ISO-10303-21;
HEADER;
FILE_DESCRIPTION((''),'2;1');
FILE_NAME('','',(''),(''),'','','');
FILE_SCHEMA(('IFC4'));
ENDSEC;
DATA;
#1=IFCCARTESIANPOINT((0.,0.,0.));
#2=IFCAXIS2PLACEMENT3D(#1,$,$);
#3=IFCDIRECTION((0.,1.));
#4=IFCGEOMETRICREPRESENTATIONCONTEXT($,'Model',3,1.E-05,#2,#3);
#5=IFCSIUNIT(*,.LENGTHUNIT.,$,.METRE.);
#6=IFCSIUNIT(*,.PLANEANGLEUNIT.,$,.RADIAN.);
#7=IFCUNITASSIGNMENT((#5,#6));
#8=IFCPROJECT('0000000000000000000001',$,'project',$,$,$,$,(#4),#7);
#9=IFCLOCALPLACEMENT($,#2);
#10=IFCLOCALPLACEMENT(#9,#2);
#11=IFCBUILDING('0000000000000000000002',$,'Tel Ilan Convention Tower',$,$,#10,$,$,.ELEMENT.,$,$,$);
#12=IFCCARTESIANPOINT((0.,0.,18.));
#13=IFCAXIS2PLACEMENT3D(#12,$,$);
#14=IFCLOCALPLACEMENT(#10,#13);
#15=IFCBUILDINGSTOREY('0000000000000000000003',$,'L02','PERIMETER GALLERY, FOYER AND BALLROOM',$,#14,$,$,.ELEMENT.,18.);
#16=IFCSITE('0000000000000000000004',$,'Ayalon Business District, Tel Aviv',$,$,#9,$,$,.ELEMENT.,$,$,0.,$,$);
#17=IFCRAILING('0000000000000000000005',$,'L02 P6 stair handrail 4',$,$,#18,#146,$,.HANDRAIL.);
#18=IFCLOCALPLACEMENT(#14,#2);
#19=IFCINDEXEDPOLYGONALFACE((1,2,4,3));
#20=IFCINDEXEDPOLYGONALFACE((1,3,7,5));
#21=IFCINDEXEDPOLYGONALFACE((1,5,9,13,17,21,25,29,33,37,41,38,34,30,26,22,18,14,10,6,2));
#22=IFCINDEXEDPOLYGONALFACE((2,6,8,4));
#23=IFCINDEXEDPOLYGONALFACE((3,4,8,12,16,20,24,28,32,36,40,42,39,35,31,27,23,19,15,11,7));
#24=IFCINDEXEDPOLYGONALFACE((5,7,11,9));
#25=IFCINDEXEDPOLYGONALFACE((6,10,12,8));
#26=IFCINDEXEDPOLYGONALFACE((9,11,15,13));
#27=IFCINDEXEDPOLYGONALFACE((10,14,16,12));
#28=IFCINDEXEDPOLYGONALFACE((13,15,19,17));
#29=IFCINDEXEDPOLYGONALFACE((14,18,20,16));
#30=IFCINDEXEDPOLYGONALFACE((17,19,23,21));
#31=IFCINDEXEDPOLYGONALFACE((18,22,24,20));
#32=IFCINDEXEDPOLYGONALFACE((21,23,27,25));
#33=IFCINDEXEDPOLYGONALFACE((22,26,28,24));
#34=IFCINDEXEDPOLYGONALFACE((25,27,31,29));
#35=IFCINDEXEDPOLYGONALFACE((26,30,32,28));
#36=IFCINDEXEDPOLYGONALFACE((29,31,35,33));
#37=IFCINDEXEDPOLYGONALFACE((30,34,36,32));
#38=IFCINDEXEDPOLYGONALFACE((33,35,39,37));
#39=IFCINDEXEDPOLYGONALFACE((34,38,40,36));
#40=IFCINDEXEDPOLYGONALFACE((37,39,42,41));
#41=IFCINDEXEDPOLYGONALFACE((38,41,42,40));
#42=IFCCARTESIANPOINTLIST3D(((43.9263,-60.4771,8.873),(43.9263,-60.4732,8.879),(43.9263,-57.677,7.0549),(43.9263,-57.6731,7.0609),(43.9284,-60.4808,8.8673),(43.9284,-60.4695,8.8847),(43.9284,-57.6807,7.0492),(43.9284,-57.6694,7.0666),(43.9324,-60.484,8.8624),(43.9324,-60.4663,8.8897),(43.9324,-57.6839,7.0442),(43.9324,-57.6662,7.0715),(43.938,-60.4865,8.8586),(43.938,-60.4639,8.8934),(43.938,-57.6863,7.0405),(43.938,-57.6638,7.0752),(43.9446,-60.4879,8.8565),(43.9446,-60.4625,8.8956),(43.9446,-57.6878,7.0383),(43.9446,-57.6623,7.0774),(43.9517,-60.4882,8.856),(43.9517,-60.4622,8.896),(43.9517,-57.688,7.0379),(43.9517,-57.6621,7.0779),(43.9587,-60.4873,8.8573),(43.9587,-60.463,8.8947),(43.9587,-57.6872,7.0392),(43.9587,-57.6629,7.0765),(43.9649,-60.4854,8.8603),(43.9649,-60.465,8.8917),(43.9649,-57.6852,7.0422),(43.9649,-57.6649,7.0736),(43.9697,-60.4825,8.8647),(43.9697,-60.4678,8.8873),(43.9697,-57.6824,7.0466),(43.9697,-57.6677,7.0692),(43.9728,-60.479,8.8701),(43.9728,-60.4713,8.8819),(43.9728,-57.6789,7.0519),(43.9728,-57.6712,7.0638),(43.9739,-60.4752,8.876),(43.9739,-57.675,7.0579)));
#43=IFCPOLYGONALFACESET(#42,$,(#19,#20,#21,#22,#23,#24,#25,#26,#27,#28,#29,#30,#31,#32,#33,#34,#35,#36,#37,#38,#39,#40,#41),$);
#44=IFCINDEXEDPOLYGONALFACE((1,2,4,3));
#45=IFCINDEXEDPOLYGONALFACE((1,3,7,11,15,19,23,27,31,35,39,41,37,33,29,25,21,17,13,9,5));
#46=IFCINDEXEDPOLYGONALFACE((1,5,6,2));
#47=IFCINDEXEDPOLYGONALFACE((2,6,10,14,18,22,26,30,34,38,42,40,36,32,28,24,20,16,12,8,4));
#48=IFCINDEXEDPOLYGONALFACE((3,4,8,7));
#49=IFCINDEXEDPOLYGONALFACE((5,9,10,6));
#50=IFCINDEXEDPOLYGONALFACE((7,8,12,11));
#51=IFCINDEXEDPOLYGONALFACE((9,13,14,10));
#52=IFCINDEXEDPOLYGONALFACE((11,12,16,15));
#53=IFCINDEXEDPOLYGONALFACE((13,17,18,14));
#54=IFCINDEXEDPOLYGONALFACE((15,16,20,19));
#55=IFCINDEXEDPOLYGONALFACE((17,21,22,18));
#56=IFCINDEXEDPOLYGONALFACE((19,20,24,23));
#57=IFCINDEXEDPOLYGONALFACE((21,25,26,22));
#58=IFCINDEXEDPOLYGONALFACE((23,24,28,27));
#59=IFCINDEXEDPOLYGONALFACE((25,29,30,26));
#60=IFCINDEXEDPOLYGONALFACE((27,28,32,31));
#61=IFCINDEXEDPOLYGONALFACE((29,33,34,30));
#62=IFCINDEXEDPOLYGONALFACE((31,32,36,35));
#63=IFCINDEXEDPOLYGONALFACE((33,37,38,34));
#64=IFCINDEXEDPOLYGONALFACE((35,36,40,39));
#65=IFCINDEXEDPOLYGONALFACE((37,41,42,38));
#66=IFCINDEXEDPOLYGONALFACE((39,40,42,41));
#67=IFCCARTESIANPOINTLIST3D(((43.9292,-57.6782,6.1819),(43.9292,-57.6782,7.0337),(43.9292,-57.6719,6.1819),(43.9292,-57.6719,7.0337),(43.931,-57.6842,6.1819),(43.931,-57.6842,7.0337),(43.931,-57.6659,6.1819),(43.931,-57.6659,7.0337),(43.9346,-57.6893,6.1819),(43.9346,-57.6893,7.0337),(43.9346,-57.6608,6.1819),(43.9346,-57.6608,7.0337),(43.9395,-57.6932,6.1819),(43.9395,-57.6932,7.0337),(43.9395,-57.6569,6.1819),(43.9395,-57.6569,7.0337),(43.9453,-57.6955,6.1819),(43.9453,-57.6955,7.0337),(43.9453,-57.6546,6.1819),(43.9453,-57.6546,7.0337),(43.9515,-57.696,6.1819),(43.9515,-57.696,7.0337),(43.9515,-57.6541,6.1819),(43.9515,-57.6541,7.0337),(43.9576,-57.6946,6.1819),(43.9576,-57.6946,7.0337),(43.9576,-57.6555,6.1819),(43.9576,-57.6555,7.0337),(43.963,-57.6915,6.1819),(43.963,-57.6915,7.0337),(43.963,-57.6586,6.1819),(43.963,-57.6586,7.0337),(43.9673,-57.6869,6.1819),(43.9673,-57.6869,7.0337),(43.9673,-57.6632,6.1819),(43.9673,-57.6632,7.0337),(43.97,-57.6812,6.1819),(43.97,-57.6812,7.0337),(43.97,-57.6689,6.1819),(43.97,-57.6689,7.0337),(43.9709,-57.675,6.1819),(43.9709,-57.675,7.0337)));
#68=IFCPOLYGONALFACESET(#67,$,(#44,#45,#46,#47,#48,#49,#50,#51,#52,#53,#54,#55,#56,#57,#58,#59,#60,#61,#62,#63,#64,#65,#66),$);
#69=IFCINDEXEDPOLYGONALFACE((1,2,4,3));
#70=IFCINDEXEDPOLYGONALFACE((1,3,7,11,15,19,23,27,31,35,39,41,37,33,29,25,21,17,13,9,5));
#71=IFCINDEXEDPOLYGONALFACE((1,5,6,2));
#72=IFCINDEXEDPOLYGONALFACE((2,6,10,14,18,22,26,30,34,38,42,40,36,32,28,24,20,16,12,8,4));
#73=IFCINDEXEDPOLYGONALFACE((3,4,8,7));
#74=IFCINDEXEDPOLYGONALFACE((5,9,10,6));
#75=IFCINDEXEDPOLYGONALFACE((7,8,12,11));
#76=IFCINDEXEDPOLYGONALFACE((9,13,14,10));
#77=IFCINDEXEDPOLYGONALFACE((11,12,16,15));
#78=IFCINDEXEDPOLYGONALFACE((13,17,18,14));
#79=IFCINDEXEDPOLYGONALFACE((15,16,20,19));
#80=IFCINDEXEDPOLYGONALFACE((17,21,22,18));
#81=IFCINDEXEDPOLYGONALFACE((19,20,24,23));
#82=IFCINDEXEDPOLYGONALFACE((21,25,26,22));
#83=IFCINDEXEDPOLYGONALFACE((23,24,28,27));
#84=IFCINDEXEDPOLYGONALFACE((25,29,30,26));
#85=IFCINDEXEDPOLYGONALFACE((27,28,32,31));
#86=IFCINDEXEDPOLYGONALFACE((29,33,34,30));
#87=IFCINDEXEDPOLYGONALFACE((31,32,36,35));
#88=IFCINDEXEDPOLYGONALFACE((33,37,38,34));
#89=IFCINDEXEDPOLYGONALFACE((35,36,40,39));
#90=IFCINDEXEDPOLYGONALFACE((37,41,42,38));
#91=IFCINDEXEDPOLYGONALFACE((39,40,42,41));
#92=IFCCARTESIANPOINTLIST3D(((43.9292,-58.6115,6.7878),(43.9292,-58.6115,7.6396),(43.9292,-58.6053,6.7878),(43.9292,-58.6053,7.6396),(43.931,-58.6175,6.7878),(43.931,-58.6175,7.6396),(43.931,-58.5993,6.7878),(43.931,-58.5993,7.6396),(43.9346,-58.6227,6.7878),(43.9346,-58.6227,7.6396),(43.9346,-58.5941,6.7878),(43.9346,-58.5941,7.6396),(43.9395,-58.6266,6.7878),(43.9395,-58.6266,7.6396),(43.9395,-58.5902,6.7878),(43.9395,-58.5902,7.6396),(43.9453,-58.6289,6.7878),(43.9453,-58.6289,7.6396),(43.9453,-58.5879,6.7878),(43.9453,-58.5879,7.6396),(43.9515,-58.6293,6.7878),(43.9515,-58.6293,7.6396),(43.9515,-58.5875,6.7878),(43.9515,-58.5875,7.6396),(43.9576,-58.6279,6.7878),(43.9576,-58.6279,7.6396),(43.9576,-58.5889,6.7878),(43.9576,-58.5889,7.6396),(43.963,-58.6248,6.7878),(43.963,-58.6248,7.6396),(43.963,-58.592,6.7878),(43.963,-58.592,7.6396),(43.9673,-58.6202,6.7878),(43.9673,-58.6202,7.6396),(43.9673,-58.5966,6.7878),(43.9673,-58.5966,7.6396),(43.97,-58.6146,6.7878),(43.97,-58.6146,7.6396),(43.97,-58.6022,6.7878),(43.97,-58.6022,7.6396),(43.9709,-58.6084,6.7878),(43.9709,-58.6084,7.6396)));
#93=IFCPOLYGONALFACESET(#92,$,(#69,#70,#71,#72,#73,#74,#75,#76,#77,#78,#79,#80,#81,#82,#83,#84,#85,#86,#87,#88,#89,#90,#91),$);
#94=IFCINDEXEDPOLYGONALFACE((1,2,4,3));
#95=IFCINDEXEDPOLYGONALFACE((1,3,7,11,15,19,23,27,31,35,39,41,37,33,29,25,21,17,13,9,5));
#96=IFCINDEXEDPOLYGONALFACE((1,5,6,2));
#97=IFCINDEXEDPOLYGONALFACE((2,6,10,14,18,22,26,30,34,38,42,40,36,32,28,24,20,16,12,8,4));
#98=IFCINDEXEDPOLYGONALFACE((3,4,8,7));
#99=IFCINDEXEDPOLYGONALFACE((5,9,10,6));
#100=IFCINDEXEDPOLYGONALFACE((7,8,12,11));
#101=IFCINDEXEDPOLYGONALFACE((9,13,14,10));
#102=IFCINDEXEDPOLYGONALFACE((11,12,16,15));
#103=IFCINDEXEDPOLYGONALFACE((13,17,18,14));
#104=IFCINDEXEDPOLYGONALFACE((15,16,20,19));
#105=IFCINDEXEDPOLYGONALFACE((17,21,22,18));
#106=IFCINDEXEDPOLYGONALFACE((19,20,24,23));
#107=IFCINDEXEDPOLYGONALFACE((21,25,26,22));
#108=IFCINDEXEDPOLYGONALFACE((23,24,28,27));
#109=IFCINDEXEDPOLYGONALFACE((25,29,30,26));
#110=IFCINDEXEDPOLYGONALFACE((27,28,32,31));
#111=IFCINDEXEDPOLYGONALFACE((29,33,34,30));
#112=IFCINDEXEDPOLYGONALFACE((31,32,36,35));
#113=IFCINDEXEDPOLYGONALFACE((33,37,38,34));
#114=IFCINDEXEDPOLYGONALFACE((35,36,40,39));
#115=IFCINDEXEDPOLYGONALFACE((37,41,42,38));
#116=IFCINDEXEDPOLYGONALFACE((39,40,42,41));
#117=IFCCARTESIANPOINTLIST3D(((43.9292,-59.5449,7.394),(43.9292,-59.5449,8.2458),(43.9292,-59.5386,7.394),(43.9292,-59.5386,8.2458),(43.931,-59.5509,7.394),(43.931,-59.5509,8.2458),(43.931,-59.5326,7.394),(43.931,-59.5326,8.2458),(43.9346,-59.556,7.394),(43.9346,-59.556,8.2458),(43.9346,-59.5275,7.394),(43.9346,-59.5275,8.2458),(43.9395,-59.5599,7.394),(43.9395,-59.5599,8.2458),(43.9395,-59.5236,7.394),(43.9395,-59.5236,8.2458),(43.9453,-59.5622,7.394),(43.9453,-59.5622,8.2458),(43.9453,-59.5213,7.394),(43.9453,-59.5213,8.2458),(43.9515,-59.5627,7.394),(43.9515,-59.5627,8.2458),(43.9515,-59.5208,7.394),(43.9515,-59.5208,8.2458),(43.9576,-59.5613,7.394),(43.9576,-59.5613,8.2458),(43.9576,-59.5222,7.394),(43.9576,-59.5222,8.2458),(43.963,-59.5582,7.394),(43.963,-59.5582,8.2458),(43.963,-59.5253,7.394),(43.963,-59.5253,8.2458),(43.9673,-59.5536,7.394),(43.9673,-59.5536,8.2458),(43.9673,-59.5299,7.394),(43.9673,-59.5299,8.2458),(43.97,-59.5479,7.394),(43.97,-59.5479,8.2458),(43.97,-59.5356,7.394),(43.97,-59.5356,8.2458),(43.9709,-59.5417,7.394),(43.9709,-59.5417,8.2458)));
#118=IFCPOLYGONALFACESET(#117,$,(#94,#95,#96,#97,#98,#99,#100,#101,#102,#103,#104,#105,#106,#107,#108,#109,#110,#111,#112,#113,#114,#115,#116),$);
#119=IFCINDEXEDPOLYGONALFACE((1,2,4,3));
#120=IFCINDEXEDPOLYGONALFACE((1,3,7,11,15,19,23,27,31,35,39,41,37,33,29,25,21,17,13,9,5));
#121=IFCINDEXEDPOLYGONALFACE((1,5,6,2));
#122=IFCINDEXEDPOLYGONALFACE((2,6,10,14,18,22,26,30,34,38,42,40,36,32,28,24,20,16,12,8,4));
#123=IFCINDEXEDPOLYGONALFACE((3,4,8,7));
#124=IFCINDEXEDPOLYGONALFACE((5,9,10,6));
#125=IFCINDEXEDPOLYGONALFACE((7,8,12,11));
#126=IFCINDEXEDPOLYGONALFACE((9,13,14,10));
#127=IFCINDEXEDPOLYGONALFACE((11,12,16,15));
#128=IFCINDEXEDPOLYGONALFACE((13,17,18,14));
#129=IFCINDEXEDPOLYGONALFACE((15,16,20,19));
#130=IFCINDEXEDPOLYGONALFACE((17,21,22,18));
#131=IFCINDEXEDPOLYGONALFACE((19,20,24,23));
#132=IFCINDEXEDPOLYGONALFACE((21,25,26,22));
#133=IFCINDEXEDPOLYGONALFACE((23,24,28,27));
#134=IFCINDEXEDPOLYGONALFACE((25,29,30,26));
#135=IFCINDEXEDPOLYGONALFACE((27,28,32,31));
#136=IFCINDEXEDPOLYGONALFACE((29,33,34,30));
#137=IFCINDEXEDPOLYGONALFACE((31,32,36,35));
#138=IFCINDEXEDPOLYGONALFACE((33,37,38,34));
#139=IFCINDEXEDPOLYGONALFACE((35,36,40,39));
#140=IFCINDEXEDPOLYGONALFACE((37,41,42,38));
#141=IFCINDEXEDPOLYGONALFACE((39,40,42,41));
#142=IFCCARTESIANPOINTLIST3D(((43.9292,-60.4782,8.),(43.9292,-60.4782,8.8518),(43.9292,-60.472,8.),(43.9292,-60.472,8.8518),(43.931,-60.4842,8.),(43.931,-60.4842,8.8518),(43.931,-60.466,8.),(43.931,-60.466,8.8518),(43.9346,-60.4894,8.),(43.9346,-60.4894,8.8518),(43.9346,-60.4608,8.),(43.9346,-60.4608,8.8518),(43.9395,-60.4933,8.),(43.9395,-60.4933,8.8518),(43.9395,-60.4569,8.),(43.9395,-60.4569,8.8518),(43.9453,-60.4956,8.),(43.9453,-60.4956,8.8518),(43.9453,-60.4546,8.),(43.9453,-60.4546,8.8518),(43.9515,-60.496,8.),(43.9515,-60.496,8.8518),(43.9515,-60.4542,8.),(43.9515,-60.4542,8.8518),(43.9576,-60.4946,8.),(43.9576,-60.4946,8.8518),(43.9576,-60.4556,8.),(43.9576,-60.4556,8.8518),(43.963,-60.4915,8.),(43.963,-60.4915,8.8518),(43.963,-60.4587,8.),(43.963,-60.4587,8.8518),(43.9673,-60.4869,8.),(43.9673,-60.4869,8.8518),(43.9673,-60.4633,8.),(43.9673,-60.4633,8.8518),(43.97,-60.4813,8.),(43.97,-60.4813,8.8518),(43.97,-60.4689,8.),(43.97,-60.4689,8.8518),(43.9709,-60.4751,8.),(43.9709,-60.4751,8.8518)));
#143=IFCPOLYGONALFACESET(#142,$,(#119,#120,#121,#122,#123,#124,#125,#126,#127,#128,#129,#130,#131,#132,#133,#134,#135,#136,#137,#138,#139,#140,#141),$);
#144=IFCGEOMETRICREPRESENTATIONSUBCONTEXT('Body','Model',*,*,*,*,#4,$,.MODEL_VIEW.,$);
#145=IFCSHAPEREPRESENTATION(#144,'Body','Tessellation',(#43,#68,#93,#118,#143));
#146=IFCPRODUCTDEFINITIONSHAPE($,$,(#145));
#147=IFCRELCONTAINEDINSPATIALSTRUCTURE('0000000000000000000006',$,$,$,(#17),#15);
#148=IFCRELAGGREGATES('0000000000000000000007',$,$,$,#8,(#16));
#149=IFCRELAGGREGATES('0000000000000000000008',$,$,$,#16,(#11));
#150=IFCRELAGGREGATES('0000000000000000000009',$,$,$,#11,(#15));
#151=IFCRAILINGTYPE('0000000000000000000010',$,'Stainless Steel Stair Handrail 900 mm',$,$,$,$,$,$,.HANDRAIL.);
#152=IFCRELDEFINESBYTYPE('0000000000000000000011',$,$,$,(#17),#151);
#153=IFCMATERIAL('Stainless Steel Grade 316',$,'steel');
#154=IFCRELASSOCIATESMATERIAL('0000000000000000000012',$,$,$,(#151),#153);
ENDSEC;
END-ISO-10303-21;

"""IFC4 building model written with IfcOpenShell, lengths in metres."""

from ifc_helpers import new_model, si_unit, direction, frame, origin, origin_2d, place, context, subcontext, project, spatial, circle, extrude, material, type_object, element, save


model = new_model("IFC4")

# Units and contexts
model_context = context("Model", 3, precision=1e-05, world=origin(), true_north=direction((0.0, 1.0)))
body_context = subcontext(model_context, "Body", "Model", "MODEL_VIEW")
ifc_project = project(units=[si_unit("LENGTHUNIT", "METRE"), si_unit("PLANEANGLEUNIT", "RADIAN")], contexts=[model_context])

# Site, building, storey
site_placement = place(None, origin())
site = spatial("IfcSite", under=ifc_project, at=site_placement, Name="Ayalon Business District, Tel Aviv", CompositionType="ELEMENT", RefElevation=0.0)
building_placement = place(site_placement, origin())
building = spatial("IfcBuilding", under=site, at=building_placement, Name="Tel Ilan Convention Tower", CompositionType="ELEMENT")
storey_placement = place(building_placement, frame((0.0, 0.0, 18.0)))
storey = spatial("IfcBuildingStorey", under=building, at=storey_placement, Name="L02", Description="PERIMETER GALLERY, FOYER AND BALLROOM", CompositionType="ELEMENT", Elevation=18.0)

# Railing
ifc_material_1 = material(Name="Stainless Steel Grade 316", Category="steel")
railing_type_1 = type_object("IfcRailingType", Name="Stainless Steel Stair Handrail 900 mm", PredefinedType="HANDRAIL", material=ifc_material_1)
railing_1_placement = place(storey_placement, frame((43.95, -57.675, 6.1819)))
element("IfcRailing", 1, at=railing_1_placement, inside=storey, type_object=railing_type_1, Name="L02 P6 stair handrail 4", PredefinedType="HANDRAIL", context=body_context, shape_type="SweptSolid", body=[
    extrude(circle(Radius=0.0239, at=origin_2d()), frame((0.0, 0.0, 0.876), z_axis=(0.0, -0.838706, 0.544585), x_axis=(1.0, 0.0, 0.0)), (0.0, 0.0, 1.0), 3.3386),
    extrude(circle(Radius=0.021, at=origin_2d()), origin(), (0.0, 0.0, 1.0), 0.8518),
    extrude(circle(Radius=0.021, at=origin_2d()), frame((0.0, -0.9333, 0.606)), (0.0, 0.0, 1.0), 0.8518),
    extrude(circle(Radius=0.021, at=origin_2d()), frame((0.0, -1.8667, 1.2122)), (0.0, 0.0, 1.0), 0.8518),
    extrude(circle(Radius=0.021, at=origin_2d()), frame((0.0, -2.8, 1.8181)), (0.0, 0.0, 1.0), 0.8518),
])

save(model, "model.ifc")
